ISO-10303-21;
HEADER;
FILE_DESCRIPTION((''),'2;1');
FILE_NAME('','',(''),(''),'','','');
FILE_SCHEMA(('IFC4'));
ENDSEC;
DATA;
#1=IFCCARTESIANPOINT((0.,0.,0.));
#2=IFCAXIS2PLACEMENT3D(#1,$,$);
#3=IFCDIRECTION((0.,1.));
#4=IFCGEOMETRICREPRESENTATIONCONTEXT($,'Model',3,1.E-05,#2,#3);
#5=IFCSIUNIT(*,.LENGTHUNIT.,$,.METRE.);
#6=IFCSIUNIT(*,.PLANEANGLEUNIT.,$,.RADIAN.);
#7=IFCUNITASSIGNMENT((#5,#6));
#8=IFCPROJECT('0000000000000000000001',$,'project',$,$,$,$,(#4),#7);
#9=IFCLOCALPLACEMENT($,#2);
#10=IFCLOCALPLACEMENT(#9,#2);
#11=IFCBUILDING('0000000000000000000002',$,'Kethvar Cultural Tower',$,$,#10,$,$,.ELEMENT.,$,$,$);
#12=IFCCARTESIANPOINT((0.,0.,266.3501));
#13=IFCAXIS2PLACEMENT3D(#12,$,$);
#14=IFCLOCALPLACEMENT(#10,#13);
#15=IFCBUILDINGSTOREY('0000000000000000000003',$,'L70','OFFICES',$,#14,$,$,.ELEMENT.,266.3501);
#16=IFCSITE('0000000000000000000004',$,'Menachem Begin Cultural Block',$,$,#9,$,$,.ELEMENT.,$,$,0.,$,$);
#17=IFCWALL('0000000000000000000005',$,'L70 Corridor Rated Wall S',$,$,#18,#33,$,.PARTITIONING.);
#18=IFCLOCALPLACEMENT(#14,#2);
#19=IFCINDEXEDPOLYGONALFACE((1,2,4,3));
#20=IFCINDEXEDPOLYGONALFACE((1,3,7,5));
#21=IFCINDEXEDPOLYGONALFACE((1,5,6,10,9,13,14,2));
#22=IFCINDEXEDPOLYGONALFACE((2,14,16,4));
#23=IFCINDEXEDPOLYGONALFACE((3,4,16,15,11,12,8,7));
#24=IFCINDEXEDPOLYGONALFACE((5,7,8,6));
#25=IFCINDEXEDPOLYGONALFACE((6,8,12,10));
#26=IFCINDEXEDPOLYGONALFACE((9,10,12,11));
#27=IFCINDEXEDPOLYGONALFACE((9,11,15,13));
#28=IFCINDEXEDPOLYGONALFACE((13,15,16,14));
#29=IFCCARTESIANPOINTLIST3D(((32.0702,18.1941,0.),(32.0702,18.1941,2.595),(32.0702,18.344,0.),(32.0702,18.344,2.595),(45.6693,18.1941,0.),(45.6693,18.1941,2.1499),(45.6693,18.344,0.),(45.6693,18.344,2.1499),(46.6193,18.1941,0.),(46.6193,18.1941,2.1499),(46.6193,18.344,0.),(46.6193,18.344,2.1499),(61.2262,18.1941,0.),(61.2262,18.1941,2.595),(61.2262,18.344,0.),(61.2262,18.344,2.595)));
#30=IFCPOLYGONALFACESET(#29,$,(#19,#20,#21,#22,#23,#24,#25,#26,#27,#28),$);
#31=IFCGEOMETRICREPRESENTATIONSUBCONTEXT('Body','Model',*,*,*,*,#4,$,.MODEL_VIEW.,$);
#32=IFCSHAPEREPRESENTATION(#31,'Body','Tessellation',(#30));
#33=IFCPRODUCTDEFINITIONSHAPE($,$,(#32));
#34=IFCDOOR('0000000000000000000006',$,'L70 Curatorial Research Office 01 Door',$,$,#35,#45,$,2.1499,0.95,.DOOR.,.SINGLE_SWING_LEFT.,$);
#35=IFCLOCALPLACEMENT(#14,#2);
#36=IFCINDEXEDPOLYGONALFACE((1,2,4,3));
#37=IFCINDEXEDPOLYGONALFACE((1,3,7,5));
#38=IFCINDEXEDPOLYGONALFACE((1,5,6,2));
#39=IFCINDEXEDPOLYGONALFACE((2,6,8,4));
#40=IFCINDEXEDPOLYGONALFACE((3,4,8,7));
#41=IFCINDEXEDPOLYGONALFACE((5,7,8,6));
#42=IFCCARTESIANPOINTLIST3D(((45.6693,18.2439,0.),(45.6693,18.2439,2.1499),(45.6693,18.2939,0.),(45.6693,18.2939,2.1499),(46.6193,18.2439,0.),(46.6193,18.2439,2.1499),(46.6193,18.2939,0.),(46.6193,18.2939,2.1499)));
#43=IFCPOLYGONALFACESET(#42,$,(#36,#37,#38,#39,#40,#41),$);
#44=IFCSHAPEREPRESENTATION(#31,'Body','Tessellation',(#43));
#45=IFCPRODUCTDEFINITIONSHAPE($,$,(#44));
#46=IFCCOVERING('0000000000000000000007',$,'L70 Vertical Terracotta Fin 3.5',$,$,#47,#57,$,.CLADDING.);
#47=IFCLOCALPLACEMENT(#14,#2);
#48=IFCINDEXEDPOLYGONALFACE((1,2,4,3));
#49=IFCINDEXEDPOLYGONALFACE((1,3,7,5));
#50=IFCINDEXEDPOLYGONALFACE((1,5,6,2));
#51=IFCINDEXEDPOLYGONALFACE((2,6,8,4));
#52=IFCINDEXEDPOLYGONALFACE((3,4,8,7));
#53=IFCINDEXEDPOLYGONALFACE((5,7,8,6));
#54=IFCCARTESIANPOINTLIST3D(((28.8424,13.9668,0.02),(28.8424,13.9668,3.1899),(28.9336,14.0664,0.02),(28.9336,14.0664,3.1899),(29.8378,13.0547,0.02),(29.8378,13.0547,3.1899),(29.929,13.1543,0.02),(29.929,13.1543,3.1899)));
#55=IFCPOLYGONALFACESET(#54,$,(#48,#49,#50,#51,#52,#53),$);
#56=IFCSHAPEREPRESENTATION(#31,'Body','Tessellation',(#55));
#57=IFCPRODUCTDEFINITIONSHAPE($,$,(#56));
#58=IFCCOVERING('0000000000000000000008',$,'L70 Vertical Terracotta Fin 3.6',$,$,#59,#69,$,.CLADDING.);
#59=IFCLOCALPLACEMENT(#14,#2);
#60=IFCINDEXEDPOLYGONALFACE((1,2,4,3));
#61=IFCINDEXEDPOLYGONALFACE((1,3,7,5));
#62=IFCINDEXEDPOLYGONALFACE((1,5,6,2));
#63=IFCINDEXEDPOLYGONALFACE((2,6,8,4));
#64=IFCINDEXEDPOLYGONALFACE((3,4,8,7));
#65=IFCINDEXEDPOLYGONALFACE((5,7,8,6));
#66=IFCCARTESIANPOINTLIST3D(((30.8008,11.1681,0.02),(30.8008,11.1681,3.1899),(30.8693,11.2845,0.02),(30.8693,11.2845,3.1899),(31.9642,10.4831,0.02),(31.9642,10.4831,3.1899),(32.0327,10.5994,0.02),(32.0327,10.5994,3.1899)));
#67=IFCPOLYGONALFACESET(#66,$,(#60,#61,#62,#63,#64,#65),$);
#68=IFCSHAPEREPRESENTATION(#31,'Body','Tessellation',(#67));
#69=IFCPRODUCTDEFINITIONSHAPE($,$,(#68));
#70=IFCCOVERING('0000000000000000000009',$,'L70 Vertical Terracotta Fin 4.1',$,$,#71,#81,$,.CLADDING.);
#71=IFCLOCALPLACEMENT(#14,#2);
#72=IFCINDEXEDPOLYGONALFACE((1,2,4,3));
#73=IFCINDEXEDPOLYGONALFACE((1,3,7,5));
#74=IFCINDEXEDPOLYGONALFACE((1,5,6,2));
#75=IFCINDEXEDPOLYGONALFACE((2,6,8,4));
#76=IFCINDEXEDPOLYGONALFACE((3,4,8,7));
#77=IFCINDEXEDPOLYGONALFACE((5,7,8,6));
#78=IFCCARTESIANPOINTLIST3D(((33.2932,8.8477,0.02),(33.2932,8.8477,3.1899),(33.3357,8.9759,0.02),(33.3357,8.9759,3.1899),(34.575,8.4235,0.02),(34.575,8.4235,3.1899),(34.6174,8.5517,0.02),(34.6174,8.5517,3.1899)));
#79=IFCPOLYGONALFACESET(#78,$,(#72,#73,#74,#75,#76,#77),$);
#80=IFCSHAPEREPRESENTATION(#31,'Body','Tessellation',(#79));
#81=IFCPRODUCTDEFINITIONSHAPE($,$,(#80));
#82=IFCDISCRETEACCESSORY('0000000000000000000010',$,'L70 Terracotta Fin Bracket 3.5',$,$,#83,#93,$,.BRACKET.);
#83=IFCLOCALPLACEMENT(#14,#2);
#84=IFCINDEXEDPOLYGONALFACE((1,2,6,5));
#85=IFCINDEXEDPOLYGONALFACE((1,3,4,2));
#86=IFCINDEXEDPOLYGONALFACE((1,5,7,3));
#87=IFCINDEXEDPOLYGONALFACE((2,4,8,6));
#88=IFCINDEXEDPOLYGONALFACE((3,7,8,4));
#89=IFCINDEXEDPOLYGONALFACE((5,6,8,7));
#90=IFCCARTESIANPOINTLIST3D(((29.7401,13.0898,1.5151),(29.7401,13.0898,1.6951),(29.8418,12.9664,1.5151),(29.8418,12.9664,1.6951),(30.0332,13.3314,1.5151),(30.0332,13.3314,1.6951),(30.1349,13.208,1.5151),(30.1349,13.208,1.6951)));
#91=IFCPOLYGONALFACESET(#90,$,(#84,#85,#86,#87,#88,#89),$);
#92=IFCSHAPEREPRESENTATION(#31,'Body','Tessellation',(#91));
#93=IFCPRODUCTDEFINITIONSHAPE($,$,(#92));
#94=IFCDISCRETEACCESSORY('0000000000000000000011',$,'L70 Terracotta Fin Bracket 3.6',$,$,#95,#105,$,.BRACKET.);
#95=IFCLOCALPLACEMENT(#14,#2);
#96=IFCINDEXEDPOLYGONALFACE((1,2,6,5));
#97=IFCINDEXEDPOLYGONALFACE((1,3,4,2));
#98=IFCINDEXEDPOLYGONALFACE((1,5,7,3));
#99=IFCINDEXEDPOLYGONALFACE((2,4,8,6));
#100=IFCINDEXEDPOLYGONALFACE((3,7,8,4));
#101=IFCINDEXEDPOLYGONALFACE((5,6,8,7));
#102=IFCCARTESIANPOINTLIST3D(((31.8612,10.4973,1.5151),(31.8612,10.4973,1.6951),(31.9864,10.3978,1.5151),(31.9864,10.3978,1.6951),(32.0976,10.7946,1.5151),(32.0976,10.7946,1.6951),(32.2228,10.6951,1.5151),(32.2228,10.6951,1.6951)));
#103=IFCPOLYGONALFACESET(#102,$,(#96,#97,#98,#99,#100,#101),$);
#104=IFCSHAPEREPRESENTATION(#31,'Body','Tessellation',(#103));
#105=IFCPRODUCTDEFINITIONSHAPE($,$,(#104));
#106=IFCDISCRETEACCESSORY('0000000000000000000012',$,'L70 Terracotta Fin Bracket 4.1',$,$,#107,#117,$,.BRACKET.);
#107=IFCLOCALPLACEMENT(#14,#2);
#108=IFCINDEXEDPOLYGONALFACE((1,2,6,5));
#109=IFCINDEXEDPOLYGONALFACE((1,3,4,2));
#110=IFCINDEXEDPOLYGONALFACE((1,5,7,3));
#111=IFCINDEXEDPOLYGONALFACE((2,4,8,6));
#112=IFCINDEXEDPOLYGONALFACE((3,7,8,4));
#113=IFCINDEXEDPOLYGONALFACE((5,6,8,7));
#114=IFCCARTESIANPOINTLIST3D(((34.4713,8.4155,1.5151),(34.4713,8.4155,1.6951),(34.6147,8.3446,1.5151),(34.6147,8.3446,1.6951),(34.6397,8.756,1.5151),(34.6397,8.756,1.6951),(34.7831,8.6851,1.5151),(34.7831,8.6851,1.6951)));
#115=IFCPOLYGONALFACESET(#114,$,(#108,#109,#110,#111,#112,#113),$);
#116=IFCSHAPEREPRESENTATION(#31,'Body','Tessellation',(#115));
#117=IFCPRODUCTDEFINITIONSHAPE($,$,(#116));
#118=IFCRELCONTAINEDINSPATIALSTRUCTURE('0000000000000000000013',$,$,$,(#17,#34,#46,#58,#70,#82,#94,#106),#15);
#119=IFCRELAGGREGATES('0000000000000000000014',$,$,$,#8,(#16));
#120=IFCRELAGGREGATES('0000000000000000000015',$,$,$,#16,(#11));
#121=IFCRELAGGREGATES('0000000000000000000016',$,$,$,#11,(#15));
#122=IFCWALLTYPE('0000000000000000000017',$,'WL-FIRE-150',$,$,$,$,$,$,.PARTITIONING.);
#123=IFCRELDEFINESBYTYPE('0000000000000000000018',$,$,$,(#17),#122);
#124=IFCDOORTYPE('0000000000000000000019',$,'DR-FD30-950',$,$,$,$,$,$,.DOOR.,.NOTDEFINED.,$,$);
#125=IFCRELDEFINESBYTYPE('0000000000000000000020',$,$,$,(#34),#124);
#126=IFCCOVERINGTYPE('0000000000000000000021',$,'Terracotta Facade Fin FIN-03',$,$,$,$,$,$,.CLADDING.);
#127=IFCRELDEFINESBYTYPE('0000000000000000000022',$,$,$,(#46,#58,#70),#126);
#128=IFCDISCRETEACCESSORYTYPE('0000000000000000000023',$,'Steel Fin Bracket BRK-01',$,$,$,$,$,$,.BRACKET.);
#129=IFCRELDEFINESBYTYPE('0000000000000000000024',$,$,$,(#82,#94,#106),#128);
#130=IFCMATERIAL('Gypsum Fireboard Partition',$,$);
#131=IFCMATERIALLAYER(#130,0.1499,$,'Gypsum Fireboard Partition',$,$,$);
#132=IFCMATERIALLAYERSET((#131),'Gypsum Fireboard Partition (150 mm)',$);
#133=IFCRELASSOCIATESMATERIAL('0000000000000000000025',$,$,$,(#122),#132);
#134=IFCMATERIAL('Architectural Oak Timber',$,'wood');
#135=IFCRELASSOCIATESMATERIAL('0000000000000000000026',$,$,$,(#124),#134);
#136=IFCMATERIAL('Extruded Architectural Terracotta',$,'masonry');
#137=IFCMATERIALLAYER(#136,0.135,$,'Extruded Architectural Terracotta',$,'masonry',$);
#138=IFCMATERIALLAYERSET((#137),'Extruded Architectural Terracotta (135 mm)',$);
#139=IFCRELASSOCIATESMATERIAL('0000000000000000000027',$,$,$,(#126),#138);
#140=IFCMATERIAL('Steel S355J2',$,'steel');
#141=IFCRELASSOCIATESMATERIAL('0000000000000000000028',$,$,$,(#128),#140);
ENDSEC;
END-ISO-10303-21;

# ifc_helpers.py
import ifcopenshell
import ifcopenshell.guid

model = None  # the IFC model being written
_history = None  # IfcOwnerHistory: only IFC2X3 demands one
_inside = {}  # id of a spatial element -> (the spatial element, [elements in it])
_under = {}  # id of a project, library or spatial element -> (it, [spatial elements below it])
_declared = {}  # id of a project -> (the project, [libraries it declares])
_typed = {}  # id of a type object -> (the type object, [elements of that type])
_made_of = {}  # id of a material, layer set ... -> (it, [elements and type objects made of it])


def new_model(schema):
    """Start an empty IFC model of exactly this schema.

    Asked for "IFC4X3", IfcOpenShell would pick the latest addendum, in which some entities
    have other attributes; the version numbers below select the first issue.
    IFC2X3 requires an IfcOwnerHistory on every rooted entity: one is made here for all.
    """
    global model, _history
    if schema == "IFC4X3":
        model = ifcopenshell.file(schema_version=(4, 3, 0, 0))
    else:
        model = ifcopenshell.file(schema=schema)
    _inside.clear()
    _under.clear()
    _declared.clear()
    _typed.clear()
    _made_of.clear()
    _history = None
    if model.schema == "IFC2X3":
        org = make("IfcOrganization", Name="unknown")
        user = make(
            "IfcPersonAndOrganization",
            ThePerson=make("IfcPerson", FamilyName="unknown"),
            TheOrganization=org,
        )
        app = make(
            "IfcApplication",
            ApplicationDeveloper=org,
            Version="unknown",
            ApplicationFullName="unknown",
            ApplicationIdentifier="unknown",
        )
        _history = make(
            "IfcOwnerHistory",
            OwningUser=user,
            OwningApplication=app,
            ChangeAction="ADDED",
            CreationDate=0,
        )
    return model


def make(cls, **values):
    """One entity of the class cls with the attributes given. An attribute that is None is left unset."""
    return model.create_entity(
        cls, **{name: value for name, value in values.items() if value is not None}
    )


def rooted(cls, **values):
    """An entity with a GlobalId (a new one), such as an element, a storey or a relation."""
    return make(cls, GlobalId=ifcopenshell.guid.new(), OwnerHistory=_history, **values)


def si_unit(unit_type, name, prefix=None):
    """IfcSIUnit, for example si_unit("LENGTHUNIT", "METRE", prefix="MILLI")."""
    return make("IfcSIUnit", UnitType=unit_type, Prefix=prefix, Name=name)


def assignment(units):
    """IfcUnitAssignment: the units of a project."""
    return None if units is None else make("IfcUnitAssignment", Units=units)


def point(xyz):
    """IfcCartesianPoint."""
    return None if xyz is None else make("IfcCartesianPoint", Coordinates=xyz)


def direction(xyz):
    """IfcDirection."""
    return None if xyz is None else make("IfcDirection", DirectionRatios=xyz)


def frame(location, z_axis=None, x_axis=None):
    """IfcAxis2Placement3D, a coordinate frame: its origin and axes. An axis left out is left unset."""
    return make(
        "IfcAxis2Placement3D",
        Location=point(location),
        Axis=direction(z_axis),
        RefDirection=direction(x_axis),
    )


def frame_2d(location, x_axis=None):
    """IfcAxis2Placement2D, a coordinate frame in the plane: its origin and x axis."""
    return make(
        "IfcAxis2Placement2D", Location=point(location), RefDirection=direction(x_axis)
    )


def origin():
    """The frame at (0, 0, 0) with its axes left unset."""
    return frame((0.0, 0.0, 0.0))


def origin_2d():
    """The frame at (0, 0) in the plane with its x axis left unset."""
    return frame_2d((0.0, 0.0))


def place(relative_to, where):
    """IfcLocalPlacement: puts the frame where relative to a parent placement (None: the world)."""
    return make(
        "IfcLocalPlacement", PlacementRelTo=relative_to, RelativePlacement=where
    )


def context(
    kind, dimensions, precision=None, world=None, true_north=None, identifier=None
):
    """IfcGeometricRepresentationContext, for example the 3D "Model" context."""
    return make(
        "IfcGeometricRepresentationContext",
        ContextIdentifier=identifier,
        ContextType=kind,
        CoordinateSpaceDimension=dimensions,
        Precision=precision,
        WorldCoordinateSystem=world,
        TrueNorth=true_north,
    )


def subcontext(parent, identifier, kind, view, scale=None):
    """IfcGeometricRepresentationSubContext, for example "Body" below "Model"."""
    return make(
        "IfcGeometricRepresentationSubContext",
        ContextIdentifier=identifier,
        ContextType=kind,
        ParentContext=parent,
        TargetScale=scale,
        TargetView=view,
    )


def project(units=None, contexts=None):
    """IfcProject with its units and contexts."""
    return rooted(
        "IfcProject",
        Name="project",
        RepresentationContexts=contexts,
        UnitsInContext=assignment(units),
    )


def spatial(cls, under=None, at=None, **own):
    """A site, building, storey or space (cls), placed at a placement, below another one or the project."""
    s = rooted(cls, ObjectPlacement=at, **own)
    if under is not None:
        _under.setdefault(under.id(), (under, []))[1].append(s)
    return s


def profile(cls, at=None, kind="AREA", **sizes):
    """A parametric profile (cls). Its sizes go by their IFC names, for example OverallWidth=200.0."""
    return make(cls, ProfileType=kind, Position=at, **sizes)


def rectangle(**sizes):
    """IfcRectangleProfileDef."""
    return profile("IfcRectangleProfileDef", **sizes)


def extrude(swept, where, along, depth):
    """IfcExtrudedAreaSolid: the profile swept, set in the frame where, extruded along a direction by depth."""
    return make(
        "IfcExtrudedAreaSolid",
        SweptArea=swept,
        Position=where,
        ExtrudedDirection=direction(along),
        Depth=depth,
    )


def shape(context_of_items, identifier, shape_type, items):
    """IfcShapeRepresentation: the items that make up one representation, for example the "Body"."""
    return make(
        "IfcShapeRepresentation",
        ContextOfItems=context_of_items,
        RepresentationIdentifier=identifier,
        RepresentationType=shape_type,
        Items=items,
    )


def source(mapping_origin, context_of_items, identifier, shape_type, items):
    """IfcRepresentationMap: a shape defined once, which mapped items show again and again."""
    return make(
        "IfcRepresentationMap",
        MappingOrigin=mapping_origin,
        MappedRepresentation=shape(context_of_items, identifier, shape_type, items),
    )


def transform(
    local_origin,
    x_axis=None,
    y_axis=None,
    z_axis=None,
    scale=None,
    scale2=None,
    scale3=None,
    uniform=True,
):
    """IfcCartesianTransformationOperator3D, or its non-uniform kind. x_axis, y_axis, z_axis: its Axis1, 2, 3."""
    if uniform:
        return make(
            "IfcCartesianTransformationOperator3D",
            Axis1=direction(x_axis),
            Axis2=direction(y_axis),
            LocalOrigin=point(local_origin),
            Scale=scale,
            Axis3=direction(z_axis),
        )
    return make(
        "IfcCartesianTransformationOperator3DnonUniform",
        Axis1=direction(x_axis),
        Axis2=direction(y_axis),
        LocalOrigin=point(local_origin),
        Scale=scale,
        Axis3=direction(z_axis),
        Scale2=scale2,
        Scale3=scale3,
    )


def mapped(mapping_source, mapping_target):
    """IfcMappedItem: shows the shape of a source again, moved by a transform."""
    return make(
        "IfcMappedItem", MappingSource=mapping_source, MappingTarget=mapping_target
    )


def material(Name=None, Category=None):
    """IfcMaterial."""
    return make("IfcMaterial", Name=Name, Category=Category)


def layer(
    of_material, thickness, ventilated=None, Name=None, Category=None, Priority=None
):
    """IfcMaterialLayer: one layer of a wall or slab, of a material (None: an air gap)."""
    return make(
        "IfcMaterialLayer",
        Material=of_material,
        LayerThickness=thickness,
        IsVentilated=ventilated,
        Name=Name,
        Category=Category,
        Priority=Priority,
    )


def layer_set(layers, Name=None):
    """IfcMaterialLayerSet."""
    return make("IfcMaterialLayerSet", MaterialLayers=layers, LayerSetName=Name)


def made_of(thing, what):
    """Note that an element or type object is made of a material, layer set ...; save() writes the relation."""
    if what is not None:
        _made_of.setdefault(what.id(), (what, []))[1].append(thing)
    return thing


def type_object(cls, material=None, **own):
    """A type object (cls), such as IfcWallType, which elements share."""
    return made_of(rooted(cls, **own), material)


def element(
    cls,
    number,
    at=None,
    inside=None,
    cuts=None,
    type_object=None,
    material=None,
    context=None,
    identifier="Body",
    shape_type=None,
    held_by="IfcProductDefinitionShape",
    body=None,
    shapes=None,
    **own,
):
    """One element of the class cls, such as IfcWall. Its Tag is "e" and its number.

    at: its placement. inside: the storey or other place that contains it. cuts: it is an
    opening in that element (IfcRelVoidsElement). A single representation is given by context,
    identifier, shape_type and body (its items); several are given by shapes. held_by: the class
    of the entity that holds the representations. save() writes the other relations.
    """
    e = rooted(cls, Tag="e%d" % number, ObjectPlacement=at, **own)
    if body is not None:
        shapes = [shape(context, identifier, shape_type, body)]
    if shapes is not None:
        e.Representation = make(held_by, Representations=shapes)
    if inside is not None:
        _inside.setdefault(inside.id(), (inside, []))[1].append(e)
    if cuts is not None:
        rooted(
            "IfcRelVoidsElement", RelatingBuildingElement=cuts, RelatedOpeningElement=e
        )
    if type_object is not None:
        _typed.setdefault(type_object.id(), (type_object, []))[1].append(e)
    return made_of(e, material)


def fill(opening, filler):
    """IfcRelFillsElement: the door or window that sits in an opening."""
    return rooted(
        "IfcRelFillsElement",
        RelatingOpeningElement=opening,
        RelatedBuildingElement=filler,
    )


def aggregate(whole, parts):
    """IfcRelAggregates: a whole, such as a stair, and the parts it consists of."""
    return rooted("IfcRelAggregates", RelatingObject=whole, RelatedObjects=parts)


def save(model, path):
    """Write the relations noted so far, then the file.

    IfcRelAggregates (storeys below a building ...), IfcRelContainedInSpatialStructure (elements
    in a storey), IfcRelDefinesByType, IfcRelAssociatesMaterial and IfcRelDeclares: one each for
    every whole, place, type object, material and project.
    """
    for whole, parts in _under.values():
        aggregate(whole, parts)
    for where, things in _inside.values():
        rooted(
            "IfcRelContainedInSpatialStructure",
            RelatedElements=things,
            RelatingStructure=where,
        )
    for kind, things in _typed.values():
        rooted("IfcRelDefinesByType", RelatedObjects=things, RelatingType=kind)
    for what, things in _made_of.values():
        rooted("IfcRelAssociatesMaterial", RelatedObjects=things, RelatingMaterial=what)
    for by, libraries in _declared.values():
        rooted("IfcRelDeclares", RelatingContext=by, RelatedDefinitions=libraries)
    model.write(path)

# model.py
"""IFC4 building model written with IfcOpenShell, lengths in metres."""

from ifc_helpers import new_model, si_unit, direction, frame, frame_2d, origin, origin_2d, place, context, subcontext, project, spatial, rectangle, extrude, source, transform, mapped, material, layer, layer_set, type_object, element, fill, save


model = new_model("IFC4")

# Units and contexts
model_context = context("Model", 3, precision=1e-05, world=origin(), true_north=direction((0.0, 1.0)))
body_context = subcontext(model_context, "Body", "Model", "MODEL_VIEW")
ifc_project = project(units=[si_unit("LENGTHUNIT", "METRE"), si_unit("PLANEANGLEUNIT", "RADIAN")], contexts=[model_context])

# Site, building, storey
site_placement = place(None, origin())
site = spatial("IfcSite", under=ifc_project, at=site_placement, Name="Menachem Begin Cultural Block", CompositionType="ELEMENT", RefElevation=0.0)
building_placement = place(site_placement, origin())
building = spatial("IfcBuilding", under=site, at=building_placement, Name="Kethvar Cultural Tower", CompositionType="ELEMENT")
storey_placement = place(building_placement, frame((0.0, 0.0, 266.3501)))
storey = spatial("IfcBuildingStorey", under=building, at=storey_placement, Name="L70", Description="OFFICES", CompositionType="ELEMENT", Elevation=266.3501)

# Shared definitions
ifc_material_1 = material(Name="Steel S355J2", Category="steel")

# Wall, opening, door
ifc_material_2 = material(Name="Gypsum Fireboard Partition")
ifc_layer_1 = layer(ifc_material_2, 0.1499, Name="Gypsum Fireboard Partition")
ifc_layer_set_1 = layer_set([ifc_layer_1], Name="Gypsum Fireboard Partition (150 mm)")
wall_type = type_object("IfcWallType", Name="WL-FIRE-150", PredefinedType="PARTITIONING", material=ifc_layer_set_1)
wall_placement = place(storey_placement, frame((32.0701, 18.269, 0.0), z_axis=(0.0, 0.0, 1.0), x_axis=(1.0, 0.0, 0.0)))
wall = element("IfcWall", 1, at=wall_placement, inside=storey, type_object=wall_type, Name="L70 Corridor Rated Wall S", PredefinedType="PARTITIONING", context=body_context, shape_type="SweptSolid", body=[
    extrude(rectangle(XDim=29.156, YDim=0.1499, at=frame_2d((14.5781, 0.0))), origin(), (0.0, 0.0, 1.0), 2.595),
])
opening_placement = place(wall_placement, frame((13.5991, 0.0, 0.0)))
opening = element("IfcOpeningElement", 2, at=opening_placement, cuts=wall, PredefinedType="OPENING", context=body_context, shape_type="SweptSolid", body=[
    extrude(rectangle(XDim=0.95, YDim=2.1499, at=frame_2d((0.4751, 1.075))), frame((0.0, 0.085, 0.0), z_axis=(0.0, -1.0, 0.0), x_axis=(1.0, 0.0, 0.0)), (0.0, 0.0, 1.0), 0.1699),
])
ifc_material_3 = material(Name="Architectural Oak Timber", Category="wood")
door_type = type_object("IfcDoorType", Name="DR-FD30-950", OperationType="NOTDEFINED", PredefinedType="DOOR", material=ifc_material_3)
shared_shape_1 = source(origin(), body_context, "Body", "SweptSolid", [
    extrude(rectangle(XDim=0.95, YDim=2.1499, at=frame_2d((0.4751, 1.075))), frame((0.0, 0.0249, 0.0), z_axis=(0.0, -1.0, 0.0), x_axis=(1.0, 0.0, 0.0)), (0.0, 0.0, 1.0), 0.05),
])
door_placement = place(opening_placement, origin())
door = element("IfcDoor", 3, at=door_placement, inside=storey, type_object=door_type, Name="L70 Curatorial Research Office 01 Door", OperationType="SINGLE_SWING_LEFT", OverallHeight=2.1499, OverallWidth=0.95, PredefinedType="DOOR", context=body_context, shape_type="MappedRepresentation", body=[
    mapped(shared_shape_1, transform((0.0, 0.0, 0.0), scale=1.0)),
])
fill(opening, door)

# Coverings
ifc_material_4 = material(Name="Extruded Architectural Terracotta", Category="masonry")
ifc_layer_2 = layer(ifc_material_4, 0.135, Name="Extruded Architectural Terracotta", Category="masonry")
ifc_layer_set_2 = layer_set([ifc_layer_2], Name="Extruded Architectural Terracotta (135 mm)")
covering_type = type_object("IfcCoveringType", Name="Terracotta Facade Fin FIN-03", PredefinedType="CLADDING", material=ifc_layer_set_2)
shared_shape_2 = source(origin(), body_context, "Body", "SweptSolid", [
    extrude(rectangle(XDim=1.3501, YDim=0.135, at=origin_2d()), origin(), (0.0, 0.0, 1.0), 3.1699),
])
for number, where, z_axis, x_axis, name in (
    (4, (29.3857, 13.5605, 0.02), (0.0, 0.0, 1.0), (-0.737277, 0.67559, 0.0), "L70 Vertical Terracotta Fin 3.5"),
    (5, (31.4167, 10.8838, 0.02), (0.0, 0.0, 1.0), (-0.861718, 0.507388, 0.0), "L70 Vertical Terracotta Fin 3.6"),
    (6, (33.9553, 8.6997, 0.02), (0.0, 0.0, 1.0), (-0.949371, 0.314158, 0.0), "L70 Vertical Terracotta Fin 4.1"),
):
    element("IfcCovering", number, at=place(storey_placement, frame(where, z_axis=z_axis, x_axis=x_axis)), inside=storey, type_object=covering_type, Name=name, PredefinedType="CLADDING", context=body_context, shape_type="MappedRepresentation", body=[
        mapped(shared_shape_2, transform((0.0, 0.0, 0.0), scale=1.0)),
    ])

# Discrete accessories
discrete_accessory_type = type_object("IfcDiscreteAccessoryType", Name="Steel Fin Bracket BRK-01", PredefinedType="BRACKET", material=ifc_material_1)
shared_shape_3 = source(origin(), body_context, "Body", "SweptSolid", [
    extrude(rectangle(XDim=0.3799, YDim=0.1599, at=origin_2d()), origin(), (0.0, 0.0, 1.0), 0.1799),
])
for number, where, z_axis, x_axis, name in (
    (7, (29.9375, 13.1489, 1.5151), (0.0, 0.0, 1.0), (-0.771625, -0.636078, 0.0), "L70 Terracotta Fin Bracket 3.5"),
    (8, (32.042, 10.5962, 1.5151), (0.0, 0.0, 1.0), (-0.622378, -0.782717, 0.0), "L70 Terracotta Fin Bracket 3.6"),
    (9, (34.6272, 8.5503, 1.5151), (0.0, 0.0, 1.0), (-0.443228, -0.896409, 0.0), "L70 Terracotta Fin Bracket 4.1"),
):
    element("IfcDiscreteAccessory", number, at=place(storey_placement, frame(where, z_axis=z_axis, x_axis=x_axis)), inside=storey, type_object=discrete_accessory_type, Name=name, PredefinedType="BRACKET", context=body_context, shape_type="MappedRepresentation", body=[
        mapped(shared_shape_3, transform((0.0, 0.0, 0.0), scale=1.0)),
    ])

save(model, "model.ifc")
